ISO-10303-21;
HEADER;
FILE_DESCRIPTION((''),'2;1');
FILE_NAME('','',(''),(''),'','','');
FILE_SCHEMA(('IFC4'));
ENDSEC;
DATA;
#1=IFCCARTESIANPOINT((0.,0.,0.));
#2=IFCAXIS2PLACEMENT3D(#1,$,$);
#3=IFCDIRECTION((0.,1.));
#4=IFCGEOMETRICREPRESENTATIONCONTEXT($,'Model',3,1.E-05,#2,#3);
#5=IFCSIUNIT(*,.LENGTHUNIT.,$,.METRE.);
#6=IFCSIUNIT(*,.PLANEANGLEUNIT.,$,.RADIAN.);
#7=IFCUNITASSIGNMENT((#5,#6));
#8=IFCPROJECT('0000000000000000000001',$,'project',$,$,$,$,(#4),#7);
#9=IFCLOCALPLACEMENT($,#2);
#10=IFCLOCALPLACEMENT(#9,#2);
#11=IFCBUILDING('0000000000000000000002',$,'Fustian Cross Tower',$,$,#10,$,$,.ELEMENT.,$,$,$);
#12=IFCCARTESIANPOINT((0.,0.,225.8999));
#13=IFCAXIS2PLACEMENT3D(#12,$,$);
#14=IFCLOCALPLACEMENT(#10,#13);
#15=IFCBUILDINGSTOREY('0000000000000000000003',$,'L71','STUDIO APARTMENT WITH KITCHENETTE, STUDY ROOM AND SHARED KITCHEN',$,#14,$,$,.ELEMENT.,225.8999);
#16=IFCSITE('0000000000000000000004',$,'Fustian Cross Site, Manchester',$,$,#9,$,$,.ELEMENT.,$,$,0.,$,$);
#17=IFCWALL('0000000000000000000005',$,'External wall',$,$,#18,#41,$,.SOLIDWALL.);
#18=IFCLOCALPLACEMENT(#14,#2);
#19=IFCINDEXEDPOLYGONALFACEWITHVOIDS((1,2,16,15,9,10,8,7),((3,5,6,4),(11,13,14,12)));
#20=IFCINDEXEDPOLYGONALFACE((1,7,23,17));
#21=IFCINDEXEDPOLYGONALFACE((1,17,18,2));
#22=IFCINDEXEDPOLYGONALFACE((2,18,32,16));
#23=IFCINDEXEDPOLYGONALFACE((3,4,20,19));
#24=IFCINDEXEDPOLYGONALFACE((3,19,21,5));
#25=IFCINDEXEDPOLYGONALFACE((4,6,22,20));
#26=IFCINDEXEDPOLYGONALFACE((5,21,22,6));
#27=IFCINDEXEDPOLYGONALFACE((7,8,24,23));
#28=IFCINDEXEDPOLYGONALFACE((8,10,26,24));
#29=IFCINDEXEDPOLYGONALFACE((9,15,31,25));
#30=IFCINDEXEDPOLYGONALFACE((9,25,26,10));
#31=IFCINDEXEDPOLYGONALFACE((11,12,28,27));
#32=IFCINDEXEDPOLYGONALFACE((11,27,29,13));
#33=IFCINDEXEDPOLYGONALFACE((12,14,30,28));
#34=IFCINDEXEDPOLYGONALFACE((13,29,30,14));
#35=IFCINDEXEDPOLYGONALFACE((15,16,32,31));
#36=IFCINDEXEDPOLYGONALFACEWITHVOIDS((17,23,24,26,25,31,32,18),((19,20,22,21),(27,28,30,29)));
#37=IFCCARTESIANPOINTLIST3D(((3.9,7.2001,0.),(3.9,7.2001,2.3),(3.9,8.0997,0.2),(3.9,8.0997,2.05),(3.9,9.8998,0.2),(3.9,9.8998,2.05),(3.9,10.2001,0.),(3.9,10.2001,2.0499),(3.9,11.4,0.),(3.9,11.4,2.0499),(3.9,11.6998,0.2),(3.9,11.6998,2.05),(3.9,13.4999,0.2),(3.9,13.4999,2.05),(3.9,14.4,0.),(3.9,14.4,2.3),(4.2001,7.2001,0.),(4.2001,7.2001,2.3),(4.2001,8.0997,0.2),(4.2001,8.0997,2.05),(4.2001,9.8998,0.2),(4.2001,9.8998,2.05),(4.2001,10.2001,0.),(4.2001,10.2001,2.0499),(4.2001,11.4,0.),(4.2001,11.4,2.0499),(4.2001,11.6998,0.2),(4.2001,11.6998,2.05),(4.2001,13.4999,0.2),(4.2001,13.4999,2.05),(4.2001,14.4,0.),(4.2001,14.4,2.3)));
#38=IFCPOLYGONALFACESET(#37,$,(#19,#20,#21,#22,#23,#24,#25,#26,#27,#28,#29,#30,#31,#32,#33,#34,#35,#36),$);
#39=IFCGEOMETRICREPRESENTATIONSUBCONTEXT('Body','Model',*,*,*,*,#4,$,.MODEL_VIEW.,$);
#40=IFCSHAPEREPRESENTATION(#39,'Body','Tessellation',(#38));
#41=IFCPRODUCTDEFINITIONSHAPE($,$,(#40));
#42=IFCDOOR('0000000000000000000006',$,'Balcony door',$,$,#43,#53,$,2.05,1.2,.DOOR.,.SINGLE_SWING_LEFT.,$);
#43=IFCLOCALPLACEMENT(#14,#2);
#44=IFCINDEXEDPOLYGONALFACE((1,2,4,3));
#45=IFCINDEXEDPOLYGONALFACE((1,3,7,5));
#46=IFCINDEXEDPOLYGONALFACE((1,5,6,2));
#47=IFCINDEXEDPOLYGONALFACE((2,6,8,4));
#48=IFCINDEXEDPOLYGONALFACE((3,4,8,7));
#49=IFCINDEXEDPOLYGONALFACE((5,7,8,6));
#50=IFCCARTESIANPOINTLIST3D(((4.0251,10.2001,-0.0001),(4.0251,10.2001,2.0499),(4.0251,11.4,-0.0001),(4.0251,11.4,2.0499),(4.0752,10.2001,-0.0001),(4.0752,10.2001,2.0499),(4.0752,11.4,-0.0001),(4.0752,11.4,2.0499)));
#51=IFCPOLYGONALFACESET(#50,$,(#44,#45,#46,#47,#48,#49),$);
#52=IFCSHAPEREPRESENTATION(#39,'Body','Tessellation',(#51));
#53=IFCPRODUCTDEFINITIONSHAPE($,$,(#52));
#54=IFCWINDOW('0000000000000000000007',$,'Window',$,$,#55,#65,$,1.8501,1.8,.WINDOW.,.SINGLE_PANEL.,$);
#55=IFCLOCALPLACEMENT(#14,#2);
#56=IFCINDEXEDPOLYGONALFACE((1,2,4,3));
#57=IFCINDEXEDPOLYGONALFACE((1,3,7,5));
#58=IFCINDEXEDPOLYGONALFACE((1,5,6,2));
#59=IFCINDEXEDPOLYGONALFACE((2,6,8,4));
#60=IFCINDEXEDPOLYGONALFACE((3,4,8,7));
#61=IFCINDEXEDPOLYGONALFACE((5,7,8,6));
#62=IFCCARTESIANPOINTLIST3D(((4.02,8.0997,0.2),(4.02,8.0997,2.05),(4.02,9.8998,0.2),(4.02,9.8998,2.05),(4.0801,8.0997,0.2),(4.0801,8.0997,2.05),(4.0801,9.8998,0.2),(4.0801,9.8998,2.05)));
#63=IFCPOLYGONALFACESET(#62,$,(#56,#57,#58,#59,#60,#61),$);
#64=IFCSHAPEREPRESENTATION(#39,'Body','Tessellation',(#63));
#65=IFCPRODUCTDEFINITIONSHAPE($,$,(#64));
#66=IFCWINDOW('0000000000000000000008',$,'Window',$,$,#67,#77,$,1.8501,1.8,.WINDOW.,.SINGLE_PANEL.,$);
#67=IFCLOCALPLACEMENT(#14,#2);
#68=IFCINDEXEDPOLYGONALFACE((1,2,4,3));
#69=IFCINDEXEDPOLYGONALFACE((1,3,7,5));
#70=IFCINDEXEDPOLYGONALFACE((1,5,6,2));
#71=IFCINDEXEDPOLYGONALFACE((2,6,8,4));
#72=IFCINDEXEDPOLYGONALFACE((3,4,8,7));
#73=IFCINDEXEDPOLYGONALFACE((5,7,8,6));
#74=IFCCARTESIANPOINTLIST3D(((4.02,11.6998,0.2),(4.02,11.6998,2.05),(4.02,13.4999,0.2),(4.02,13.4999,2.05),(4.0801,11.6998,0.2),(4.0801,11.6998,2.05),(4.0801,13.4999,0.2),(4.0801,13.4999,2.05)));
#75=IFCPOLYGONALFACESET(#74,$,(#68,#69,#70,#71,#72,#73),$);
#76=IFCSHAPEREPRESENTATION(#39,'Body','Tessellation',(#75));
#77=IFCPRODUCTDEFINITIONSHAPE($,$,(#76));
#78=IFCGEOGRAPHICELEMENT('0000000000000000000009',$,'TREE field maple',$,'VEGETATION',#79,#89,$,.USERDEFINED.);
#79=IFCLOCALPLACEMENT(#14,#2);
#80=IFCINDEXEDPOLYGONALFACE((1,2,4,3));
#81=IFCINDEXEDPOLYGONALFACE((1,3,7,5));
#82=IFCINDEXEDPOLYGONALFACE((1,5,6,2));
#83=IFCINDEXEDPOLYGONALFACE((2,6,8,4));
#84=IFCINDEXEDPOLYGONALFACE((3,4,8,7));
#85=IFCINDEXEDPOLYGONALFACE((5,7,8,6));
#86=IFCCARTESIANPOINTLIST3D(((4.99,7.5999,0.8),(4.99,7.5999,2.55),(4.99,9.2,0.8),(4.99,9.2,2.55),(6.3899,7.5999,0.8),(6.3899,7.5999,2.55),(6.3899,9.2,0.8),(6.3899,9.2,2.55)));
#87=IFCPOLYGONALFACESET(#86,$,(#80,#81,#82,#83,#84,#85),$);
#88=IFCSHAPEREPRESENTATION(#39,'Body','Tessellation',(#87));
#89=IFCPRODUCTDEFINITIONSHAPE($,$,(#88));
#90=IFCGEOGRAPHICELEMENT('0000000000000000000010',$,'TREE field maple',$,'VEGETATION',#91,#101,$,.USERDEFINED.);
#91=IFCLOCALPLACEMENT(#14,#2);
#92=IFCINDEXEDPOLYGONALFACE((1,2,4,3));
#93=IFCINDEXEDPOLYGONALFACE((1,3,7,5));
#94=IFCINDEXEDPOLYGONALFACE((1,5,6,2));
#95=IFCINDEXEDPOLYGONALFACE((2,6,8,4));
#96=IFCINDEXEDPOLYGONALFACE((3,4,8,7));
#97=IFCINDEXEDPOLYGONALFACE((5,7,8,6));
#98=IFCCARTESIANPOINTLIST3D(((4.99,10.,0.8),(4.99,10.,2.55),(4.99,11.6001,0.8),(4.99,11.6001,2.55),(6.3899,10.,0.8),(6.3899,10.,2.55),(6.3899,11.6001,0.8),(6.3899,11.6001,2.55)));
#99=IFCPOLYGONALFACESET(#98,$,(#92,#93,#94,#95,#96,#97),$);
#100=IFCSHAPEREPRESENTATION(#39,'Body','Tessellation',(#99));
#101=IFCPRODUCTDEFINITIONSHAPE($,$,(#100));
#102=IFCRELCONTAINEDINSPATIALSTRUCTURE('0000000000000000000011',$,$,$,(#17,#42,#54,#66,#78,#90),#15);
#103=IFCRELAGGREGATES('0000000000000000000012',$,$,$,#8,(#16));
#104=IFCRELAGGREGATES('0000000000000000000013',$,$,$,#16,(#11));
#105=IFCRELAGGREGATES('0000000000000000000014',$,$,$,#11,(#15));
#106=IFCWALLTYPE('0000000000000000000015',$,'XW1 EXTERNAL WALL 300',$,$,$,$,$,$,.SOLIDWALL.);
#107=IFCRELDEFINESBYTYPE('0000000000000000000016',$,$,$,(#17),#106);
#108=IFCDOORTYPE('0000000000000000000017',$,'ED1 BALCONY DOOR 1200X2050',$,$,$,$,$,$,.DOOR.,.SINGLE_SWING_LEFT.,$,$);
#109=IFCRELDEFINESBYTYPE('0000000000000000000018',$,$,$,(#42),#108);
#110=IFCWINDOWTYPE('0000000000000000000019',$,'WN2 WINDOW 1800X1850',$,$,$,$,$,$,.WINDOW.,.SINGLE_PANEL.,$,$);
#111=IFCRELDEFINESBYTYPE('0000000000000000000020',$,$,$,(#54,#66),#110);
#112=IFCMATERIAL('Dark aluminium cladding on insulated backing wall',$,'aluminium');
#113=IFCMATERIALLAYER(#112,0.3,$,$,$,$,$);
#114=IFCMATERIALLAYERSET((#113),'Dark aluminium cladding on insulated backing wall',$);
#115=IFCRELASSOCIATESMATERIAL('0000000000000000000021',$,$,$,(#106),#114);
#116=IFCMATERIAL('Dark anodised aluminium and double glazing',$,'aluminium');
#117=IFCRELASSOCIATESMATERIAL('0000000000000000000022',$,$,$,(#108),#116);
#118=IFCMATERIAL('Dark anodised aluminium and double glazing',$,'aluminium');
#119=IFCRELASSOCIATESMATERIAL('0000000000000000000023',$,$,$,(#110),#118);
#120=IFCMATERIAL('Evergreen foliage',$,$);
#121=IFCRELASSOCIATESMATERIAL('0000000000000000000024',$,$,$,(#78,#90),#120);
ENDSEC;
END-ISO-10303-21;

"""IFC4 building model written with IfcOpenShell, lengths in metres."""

from ifc_helpers import new_model, si_unit, direction, frame, frame_2d, origin, origin_2d, place, context, subcontext, project, spatial, rectangle, extrude, material, layer, layer_set, type_object, element, fill, save


model = new_model("IFC4")

# Units and contexts
model_context = context("Model", 3, precision=1e-05, world=origin(), true_north=direction((0.0, 1.0)))
body_context = subcontext(model_context, "Body", "Model", "MODEL_VIEW")
ifc_project = project(units=[si_unit("LENGTHUNIT", "METRE"), si_unit("PLANEANGLEUNIT", "RADIAN")], contexts=[model_context])

# Site, building, storey
site_placement = place(None, origin())
site = spatial("IfcSite", under=ifc_project, at=site_placement, Name="Fustian Cross Site, Manchester", CompositionType="ELEMENT", RefElevation=0.0)
building_placement = place(site_placement, origin())
building = spatial("IfcBuilding", under=site, at=building_placement, Name="Fustian Cross Tower", CompositionType="ELEMENT")
storey_placement = place(building_placement, frame((0.0, 0.0, 225.8999)))
storey = spatial("IfcBuildingStorey", under=building, at=storey_placement, Name="L71", Description="STUDIO APARTMENT WITH KITCHENETTE, STUDY ROOM AND SHARED KITCHEN", CompositionType="ELEMENT", Elevation=225.8999)

# Wall, openings, door, windows
ifc_material_1 = material(Name="Dark aluminium cladding on insulated backing wall", Category="aluminium")
ifc_layer_1 = layer(ifc_material_1, 0.3)
ifc_layer_set_1 = layer_set([ifc_layer_1], Name="Dark aluminium cladding on insulated backing wall")
wall_type_1 = type_object("IfcWallType", Name="XW1 EXTERNAL WALL 300", PredefinedType="SOLIDWALL", material=ifc_layer_set_1)
wall_1_placement = place(storey_placement, frame((4.05, 7.2, 0.0), z_axis=(0.0, 0.0, 1.0), x_axis=(0.0, 1.0, 0.0)))
wall_1 = element("IfcWall", 1, at=wall_1_placement, inside=storey, type_object=wall_type_1, Name="External wall", PredefinedType="SOLIDWALL", context=body_context, shape_type="SweptSolid", body=[
    extrude(rectangle(XDim=7.2, YDim=0.3, at=frame_2d((3.6001, 0.0))), origin(), (0.0, 0.0, 1.0), 2.3),
])
opening_1_placement = place(wall_1_placement, frame((3.0, 0.0, 0.0)))
opening_1 = element("IfcOpeningElement", 2, at=opening_1_placement, cuts=wall_1, PredefinedType="OPENING", context=body_context, shape_type="SweptSolid", body=[
    extrude(rectangle(XDim=1.2, YDim=2.05, at=frame_2d((0.6001, 1.0249))), frame((0.0, 0.1599, 0.0), z_axis=(0.0, -1.0, 0.0), x_axis=(1.0, 0.0, 0.0)), (0.0, 0.0, 1.0), 0.3201),
])
opening_2_placement = place(wall_1_placement, frame((0.8999, 0.0, 0.2)))
opening_2 = element("IfcOpeningElement", 3, at=opening_2_placement, cuts=wall_1, PredefinedType="OPENING", context=body_context, shape_type="SweptSolid", body=[
    extrude(rectangle(XDim=1.8, YDim=1.8501, at=frame_2d((0.8999, 0.925))), frame((0.0, 0.1599, 0.0), z_axis=(0.0, -1.0, 0.0), x_axis=(1.0, 0.0, 0.0)), (0.0, 0.0, 1.0), 0.3201),
])
opening_3_placement = place(wall_1_placement, frame((4.5, 0.0, 0.2)))
opening_3 = element("IfcOpeningElement", 4, at=opening_3_placement, cuts=wall_1, PredefinedType="OPENING", context=body_context, shape_type="SweptSolid", body=[
    extrude(rectangle(XDim=1.8, YDim=1.8501, at=frame_2d((0.8999, 0.925))), frame((0.0, 0.1599, 0.0), z_axis=(0.0, -1.0, 0.0), x_axis=(1.0, 0.0, 0.0)), (0.0, 0.0, 1.0), 0.3201),
])
ifc_material_2 = material(Name="Dark anodised aluminium and double glazing", Category="aluminium")
door_type_1 = type_object("IfcDoorType", Name="ED1 BALCONY DOOR 1200X2050", OperationType="SINGLE_SWING_LEFT", PredefinedType="DOOR", material=ifc_material_2)
door_1_placement = place(opening_1_placement, origin())
door_1 = element("IfcDoor", 5, at=door_1_placement, inside=storey, type_object=door_type_1, Name="Balcony door", OperationType="SINGLE_SWING_LEFT", OverallHeight=2.05, OverallWidth=1.2, PredefinedType="DOOR", context=body_context, shape_type="SweptSolid", body=[
    extrude(rectangle(XDim=1.2, YDim=2.05, at=frame_2d((0.6001, 1.0249))), frame((0.0, 0.0249, 0.0), z_axis=(0.0, -1.0, 0.0), x_axis=(1.0, 0.0, 0.0)), (0.0, 0.0, 1.0), 0.05),
])
fill(opening_1, door_1)
ifc_material_3 = material(Name="Dark anodised aluminium and double glazing", Category="aluminium")
window_type = type_object("IfcWindowType", Name="WN2 WINDOW 1800X1850", PartitioningType="SINGLE_PANEL", PredefinedType="WINDOW", material=ifc_material_3)
window_1_placement = place(opening_2_placement, origin())
window_1 = element("IfcWindow", 6, at=window_1_placement, inside=storey, type_object=window_type, Name="Window", OverallHeight=1.8501, OverallWidth=1.8, PartitioningType="SINGLE_PANEL", PredefinedType="WINDOW", context=body_context, shape_type="SweptSolid", body=[
    extrude(rectangle(XDim=1.8, YDim=1.8501, at=frame_2d((0.8999, 0.925))), frame((0.0, 0.03, 0.0), z_axis=(0.0, -1.0, 0.0), x_axis=(1.0, 0.0, 0.0)), (0.0, 0.0, 1.0), 0.0601),
])
fill(opening_2, window_1)
window_2_placement = place(opening_3_placement, origin())
window_2 = element("IfcWindow", 7, at=window_2_placement, inside=storey, type_object=window_type, Name="Window", OverallHeight=1.8501, OverallWidth=1.8, PartitioningType="SINGLE_PANEL", PredefinedType="WINDOW", context=body_context, shape_type="SweptSolid", body=[
    extrude(rectangle(XDim=1.8, YDim=1.8501, at=frame_2d((0.8999, 0.925))), frame((0.0, 0.03, 0.0), z_axis=(0.0, -1.0, 0.0), x_axis=(1.0, 0.0, 0.0)), (0.0, 0.0, 1.0), 0.0601),
])
fill(opening_3, window_2)

# Geographic elements
ifc_material_4 = material(Name="Evergreen foliage")
for number, where, z_axis, x_axis, name in (
    (8, (5.6899, 8.3999, 0.8), (0.0, 0.0, 1.0), (1.0, 0.0, 0.0), "TREE field maple"),
    (9, (5.6899, 10.8, 0.8), (0.0, 0.0, 1.0), (1.0, 0.0, 0.0), "TREE field maple"),
):
    element("IfcGeographicElement", number, at=place(storey_placement, frame(where, z_axis=z_axis, x_axis=x_axis)), inside=storey, material=ifc_material_4, Name=name, ObjectType="VEGETATION", PredefinedType="USERDEFINED", context=body_context, shape_type="SweptSolid", body=[
        extrude(rectangle(XDim=1.3999, YDim=1.6001, at=origin_2d()), origin(), (0.0, 0.0, 1.0), 1.75),
    ])

save(model, "model.ifc")
